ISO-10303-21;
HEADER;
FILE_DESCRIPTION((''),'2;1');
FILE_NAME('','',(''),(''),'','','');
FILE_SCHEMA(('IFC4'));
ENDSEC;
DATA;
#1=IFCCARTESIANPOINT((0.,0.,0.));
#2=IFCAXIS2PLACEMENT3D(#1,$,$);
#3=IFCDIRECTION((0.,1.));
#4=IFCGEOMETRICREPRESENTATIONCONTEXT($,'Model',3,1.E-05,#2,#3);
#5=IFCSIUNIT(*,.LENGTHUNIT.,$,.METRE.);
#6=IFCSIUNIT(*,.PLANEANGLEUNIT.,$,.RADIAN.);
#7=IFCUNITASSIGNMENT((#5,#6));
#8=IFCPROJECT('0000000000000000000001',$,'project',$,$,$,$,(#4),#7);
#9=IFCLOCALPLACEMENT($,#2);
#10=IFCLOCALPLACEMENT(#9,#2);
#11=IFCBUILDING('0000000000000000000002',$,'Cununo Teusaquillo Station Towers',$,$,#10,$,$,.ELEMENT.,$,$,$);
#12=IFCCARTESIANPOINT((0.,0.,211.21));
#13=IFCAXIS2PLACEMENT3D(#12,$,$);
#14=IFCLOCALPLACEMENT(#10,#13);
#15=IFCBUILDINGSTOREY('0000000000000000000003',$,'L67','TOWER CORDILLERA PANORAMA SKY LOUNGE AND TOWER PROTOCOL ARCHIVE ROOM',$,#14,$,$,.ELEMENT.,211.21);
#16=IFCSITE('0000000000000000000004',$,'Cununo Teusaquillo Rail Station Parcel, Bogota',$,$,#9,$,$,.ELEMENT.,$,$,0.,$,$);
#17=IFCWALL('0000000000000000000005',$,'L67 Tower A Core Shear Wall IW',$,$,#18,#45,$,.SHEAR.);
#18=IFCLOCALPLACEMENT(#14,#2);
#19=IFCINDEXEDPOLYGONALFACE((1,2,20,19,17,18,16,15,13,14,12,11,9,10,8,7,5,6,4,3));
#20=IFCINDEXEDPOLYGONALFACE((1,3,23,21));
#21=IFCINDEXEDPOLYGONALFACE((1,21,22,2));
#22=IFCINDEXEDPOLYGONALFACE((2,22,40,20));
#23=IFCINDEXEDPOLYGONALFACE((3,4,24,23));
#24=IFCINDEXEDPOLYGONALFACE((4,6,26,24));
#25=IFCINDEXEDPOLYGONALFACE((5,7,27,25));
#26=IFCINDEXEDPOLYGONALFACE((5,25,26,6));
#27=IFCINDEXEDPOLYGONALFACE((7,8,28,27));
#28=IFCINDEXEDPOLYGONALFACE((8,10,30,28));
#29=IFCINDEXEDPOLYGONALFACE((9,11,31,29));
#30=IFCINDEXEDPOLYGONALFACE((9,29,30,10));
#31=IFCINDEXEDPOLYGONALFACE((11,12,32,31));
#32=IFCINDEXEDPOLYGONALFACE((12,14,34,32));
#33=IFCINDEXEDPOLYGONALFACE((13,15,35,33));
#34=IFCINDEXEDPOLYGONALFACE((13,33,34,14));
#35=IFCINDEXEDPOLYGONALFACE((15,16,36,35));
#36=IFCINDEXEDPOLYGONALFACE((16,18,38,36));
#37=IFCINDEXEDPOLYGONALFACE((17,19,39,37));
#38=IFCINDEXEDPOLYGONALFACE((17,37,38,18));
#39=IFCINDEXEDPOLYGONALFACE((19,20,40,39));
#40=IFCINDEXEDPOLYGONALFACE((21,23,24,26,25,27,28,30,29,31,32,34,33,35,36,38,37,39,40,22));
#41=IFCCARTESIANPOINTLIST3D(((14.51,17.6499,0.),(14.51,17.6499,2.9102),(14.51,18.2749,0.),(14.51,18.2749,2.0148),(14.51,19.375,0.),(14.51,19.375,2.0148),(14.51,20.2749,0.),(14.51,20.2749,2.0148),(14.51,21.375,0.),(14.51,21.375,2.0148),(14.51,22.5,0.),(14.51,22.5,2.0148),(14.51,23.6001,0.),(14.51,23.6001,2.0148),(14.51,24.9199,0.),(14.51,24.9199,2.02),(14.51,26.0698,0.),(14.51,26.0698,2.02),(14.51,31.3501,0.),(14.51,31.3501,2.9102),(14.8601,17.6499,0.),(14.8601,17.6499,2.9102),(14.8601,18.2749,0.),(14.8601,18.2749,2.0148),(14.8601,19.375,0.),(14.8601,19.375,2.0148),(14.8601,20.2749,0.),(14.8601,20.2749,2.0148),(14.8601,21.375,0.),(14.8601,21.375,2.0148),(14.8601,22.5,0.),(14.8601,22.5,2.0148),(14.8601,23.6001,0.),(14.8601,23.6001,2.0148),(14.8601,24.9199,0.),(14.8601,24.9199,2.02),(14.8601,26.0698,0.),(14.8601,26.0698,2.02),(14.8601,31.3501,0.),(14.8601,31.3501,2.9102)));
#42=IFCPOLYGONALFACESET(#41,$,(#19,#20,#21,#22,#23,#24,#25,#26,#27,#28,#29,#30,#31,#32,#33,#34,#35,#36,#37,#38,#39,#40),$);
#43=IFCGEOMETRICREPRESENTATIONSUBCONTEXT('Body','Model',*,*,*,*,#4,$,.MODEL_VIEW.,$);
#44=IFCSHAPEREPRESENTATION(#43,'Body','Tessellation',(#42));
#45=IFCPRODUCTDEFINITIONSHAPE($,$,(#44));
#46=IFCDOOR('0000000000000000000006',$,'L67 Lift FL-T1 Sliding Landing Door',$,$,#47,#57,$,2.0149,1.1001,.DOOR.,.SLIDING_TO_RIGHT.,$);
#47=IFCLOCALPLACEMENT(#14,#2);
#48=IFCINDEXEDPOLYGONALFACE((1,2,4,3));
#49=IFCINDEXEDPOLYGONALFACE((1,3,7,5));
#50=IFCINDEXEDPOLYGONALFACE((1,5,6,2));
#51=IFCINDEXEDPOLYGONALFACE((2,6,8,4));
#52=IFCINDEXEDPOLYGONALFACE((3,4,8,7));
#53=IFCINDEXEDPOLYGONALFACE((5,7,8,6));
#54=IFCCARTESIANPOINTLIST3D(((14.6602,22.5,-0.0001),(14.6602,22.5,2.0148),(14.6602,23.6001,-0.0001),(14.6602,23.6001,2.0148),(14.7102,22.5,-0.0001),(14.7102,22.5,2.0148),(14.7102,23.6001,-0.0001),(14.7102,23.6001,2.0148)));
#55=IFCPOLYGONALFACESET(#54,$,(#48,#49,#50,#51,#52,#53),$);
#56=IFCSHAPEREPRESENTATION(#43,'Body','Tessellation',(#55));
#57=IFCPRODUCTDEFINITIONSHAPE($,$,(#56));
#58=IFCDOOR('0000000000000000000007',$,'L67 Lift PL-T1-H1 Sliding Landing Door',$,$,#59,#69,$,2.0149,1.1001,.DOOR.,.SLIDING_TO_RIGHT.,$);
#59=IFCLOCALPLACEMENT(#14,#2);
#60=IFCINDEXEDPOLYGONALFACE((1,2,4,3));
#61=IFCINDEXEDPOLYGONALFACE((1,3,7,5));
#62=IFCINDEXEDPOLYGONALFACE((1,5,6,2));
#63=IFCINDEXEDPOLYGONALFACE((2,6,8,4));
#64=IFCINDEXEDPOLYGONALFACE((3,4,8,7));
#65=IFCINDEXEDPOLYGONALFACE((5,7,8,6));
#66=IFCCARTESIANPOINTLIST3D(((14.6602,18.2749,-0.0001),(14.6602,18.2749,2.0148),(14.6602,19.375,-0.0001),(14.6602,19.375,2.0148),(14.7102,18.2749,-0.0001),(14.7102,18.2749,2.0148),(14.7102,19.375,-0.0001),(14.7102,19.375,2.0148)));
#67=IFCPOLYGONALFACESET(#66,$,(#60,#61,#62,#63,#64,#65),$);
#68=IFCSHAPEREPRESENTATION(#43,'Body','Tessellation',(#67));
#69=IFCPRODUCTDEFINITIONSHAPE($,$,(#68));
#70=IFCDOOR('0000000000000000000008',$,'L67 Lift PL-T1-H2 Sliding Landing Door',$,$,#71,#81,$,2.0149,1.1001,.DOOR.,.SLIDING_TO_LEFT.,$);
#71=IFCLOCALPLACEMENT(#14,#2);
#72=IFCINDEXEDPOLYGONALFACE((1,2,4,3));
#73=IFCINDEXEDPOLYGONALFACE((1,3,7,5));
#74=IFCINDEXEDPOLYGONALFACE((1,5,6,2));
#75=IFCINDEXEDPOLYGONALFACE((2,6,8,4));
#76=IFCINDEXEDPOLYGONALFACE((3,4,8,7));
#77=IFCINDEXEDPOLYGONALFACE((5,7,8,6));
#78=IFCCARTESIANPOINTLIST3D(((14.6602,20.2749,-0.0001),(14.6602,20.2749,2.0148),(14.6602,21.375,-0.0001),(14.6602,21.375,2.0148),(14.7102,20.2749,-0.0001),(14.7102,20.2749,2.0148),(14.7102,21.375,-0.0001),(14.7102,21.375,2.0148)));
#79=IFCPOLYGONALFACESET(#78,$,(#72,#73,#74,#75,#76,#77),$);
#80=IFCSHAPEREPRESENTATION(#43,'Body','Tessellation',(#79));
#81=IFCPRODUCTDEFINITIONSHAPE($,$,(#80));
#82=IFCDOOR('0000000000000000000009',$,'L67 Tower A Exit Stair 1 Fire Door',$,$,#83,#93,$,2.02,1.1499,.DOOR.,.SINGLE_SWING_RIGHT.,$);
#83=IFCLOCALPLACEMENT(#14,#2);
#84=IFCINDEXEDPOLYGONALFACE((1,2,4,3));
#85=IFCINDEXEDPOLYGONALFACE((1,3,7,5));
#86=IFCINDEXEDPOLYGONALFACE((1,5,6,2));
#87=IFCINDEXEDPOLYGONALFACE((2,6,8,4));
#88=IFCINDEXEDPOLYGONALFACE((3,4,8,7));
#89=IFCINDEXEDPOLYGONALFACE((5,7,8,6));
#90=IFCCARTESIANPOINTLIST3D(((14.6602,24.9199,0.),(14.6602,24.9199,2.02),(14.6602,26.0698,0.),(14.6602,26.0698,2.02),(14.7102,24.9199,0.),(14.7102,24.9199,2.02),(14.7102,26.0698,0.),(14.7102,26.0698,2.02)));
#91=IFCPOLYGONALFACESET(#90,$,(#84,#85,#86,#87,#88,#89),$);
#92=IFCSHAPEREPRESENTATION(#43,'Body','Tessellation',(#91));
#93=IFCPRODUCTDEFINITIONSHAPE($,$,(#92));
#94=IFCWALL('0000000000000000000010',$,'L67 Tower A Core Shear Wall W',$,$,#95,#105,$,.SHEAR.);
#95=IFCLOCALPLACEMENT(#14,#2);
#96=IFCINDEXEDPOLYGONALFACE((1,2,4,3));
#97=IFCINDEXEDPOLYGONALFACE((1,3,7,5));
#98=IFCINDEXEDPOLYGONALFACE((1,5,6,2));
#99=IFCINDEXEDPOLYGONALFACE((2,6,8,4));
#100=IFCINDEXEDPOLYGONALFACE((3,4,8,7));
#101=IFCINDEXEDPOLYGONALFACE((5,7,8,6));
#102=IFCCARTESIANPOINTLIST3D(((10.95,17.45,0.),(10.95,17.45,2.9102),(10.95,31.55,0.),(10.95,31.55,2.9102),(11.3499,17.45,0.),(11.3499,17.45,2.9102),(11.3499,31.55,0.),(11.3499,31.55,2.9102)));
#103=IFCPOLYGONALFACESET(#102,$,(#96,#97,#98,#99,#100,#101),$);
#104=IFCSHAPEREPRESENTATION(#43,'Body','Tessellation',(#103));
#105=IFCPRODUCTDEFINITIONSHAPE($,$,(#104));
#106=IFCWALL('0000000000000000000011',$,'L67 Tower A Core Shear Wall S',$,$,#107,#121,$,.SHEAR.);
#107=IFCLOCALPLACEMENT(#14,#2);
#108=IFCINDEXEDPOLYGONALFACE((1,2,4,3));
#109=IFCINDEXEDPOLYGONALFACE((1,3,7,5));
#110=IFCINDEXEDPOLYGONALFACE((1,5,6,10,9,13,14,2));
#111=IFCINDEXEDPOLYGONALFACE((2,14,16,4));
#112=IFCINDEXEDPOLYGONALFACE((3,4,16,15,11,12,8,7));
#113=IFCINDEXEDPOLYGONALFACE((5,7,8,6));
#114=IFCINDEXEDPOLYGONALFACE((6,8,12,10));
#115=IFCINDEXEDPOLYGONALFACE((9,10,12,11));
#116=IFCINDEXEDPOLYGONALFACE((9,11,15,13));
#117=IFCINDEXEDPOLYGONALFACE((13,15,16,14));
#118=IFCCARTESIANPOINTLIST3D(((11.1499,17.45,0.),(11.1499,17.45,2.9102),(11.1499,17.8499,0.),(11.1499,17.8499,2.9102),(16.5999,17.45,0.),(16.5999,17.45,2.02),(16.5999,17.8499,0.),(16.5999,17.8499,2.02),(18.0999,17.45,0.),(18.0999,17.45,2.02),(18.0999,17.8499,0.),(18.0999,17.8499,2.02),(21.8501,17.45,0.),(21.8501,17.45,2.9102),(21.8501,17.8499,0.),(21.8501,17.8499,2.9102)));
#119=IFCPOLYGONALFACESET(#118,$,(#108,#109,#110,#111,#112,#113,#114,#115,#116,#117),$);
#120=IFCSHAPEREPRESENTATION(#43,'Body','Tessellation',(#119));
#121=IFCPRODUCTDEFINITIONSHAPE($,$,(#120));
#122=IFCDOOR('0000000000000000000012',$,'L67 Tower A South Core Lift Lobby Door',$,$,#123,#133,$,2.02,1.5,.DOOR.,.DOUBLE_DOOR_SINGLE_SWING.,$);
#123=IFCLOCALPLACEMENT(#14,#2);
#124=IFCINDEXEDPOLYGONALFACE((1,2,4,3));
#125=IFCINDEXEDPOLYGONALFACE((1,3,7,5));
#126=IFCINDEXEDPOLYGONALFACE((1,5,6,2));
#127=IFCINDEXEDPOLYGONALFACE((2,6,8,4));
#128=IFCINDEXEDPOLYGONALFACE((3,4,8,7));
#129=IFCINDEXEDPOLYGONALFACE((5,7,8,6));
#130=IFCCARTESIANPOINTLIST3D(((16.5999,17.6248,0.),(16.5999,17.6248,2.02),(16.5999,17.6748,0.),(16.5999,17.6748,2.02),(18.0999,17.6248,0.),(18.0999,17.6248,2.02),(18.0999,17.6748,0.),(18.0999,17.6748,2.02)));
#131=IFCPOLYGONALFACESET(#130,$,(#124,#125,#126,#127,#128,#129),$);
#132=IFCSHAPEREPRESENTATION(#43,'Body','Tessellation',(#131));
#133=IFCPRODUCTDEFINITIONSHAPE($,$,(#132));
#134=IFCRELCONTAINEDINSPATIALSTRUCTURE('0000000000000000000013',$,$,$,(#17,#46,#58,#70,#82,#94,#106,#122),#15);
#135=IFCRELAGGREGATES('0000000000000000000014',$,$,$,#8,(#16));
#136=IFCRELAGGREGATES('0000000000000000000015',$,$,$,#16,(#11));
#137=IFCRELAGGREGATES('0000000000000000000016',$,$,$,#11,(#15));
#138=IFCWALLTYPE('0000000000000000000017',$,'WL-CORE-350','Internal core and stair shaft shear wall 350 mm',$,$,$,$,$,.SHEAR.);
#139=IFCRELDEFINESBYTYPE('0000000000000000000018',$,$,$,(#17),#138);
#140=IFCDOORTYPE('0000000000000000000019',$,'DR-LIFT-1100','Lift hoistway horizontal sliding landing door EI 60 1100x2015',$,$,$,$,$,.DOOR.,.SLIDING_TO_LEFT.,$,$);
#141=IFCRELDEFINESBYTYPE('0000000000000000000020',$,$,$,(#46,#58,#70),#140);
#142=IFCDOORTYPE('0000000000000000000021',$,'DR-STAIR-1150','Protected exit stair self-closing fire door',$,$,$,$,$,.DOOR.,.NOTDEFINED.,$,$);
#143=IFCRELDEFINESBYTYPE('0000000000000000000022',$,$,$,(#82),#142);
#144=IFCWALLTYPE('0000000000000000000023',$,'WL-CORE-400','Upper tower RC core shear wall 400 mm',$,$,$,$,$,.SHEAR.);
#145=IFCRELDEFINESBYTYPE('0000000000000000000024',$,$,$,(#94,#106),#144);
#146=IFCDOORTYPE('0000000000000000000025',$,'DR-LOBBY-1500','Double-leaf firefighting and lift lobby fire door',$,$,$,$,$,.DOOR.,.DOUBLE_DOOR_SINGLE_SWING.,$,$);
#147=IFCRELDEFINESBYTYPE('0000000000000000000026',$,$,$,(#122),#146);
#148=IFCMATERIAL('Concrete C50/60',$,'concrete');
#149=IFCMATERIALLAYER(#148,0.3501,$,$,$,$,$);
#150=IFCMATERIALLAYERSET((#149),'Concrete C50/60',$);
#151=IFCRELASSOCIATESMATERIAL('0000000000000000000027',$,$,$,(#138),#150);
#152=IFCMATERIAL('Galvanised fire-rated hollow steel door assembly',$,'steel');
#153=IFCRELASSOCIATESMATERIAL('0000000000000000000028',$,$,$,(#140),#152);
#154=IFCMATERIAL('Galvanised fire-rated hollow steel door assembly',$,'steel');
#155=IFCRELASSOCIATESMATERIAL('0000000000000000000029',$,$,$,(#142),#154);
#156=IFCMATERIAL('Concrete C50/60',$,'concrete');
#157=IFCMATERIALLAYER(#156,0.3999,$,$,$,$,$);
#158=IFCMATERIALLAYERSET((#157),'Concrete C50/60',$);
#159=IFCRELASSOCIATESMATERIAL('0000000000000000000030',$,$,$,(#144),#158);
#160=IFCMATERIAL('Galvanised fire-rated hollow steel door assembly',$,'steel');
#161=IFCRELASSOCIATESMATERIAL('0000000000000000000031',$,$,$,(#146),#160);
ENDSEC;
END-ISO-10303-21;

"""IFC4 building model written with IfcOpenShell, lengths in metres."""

from ifc_helpers import new_model, si_unit, direction, frame, frame_2d, origin, place, context, subcontext, project, spatial, rectangle, extrude, source, transform, mapped, material, layer, layer_set, type_object, element, fill, save


model = new_model("IFC4")

# Units and contexts
model_context = context("Model", 3, precision=1e-05, world=origin(), true_north=direction((0.0, 1.0)))
body_context = subcontext(model_context, "Body", "Model", "MODEL_VIEW")
ifc_project = project(units=[si_unit("LENGTHUNIT", "METRE"), si_unit("PLANEANGLEUNIT", "RADIAN")], contexts=[model_context])

# Site, building, storey
site_placement = place(None, origin())
site = spatial("IfcSite", under=ifc_project, at=site_placement, Name="Cununo Teusaquillo Rail Station Parcel, Bogota", CompositionType="ELEMENT", RefElevation=0.0)
building_placement = place(site_placement, origin())
building = spatial("IfcBuilding", under=site, at=building_placement, Name="Cununo Teusaquillo Station Towers", CompositionType="ELEMENT")
storey_placement = place(building_placement, frame((0.0, 0.0, 211.21)))
storey = spatial("IfcBuildingStorey", under=building, at=storey_placement, Name="L67", Description="TOWER CORDILLERA PANORAMA SKY LOUNGE AND TOWER PROTOCOL ARCHIVE ROOM", CompositionType="ELEMENT", Elevation=211.21)

# Wall, openings, doors
ifc_material_1 = material(Name="Concrete C50/60", Category="concrete")
ifc_layer_1 = layer(ifc_material_1, 0.3501)
ifc_layer_set_1 = layer_set([ifc_layer_1], Name="Concrete C50/60")
wall_type_1 = type_object("IfcWallType", Name="WL-CORE-350", Description="Internal core and stair shaft shear wall 350 mm", PredefinedType="SHEAR", material=ifc_layer_set_1)
wall_1_placement = place(storey_placement, frame((14.6851, 17.6499, 0.0), z_axis=(0.0, 0.0, 1.0), x_axis=(0.0, 1.0, 0.0)))
wall_1 = element("IfcWall", 1, at=wall_1_placement, inside=storey, type_object=wall_type_1, Name="L67 Tower A Core Shear Wall IW", PredefinedType="SHEAR", context=body_context, shape_type="SweptSolid", body=[
    extrude(rectangle(XDim=13.7002, YDim=0.3501, at=frame_2d((6.8501, 0.0))), origin(), (0.0, 0.0, 1.0), 2.9102),
])
shared_shape_1 = source(origin(), body_context, "Body", "SweptSolid", [
    extrude(rectangle(XDim=1.1001, YDim=2.0149, at=frame_2d((0.55, 1.0073))), frame((0.0, 0.1851, 0.0), z_axis=(0.0, -1.0, 0.0), x_axis=(1.0, 0.0, 0.0)), (0.0, 0.0, 1.0), 0.3701),
])
opening_1_placement = place(wall_1_placement, frame((4.8501, 0.0, 0.0)))
opening_1 = element("IfcOpeningElement", 2, at=opening_1_placement, cuts=wall_1, PredefinedType="OPENING", context=body_context, shape_type="MappedRepresentation", body=[
    mapped(shared_shape_1, transform((0.0, 0.0, 0.0), x_axis=(1.0, 0.0, 0.0), y_axis=(0.0, 1.0, 0.0), z_axis=(0.0, 0.0, 1.0), scale=1.0)),
])
opening_2_placement = place(wall_1_placement, frame((0.625, 0.0, 0.0)))
opening_2 = element("IfcOpeningElement", 3, at=opening_2_placement, cuts=wall_1, PredefinedType="OPENING", context=body_context, shape_type="MappedRepresentation", body=[
    mapped(shared_shape_1, transform((0.0, 0.0, 0.0), x_axis=(1.0, 0.0, 0.0), y_axis=(0.0, 1.0, 0.0), z_axis=(0.0, 0.0, 1.0), scale=1.0)),
])
opening_3_placement = place(wall_1_placement, frame((2.625, 0.0, 0.0)))
opening_3 = element("IfcOpeningElement", 4, at=opening_3_placement, cuts=wall_1, PredefinedType="OPENING", context=body_context, shape_type="MappedRepresentation", body=[
    mapped(shared_shape_1, transform((0.0, 0.0, 0.0), x_axis=(1.0, 0.0, 0.0), y_axis=(0.0, 1.0, 0.0), z_axis=(0.0, 0.0, 1.0), scale=1.0)),
])
shared_shape_2 = source(origin(), body_context, "Body", "SweptSolid", [
    extrude(rectangle(XDim=1.1499, YDim=2.02, at=frame_2d((0.575, 1.01))), frame((0.0, 0.1851, 0.0), z_axis=(0.0, -1.0, 0.0), x_axis=(1.0, 0.0, 0.0)), (0.0, 0.0, 1.0), 0.3701),
])
opening_4_placement = place(wall_1_placement, frame((7.27, 0.0, 0.0)))
opening_4 = element("IfcOpeningElement", 5, at=opening_4_placement, cuts=wall_1, PredefinedType="OPENING", context=body_context, shape_type="MappedRepresentation", body=[
    mapped(shared_shape_2, transform((0.0, 0.0, 0.0), x_axis=(1.0, 0.0, 0.0), y_axis=(0.0, 1.0, 0.0), z_axis=(0.0, 0.0, 1.0), scale=1.0)),
])
ifc_material_2 = material(Name="Galvanised fire-rated hollow steel door assembly", Category="steel")
door_type_1 = type_object("IfcDoorType", Name="DR-LIFT-1100", Description="Lift hoistway horizontal sliding landing door EI 60 1100x2015", OperationType="SLIDING_TO_LEFT", PredefinedType="DOOR", material=ifc_material_2)
shared_shape_3 = source(origin(), body_context, "Body", "SweptSolid", [
    extrude(rectangle(XDim=1.1001, YDim=2.0149, at=frame_2d((0.55, 1.0073))), frame((0.0, 0.0249, 0.0), z_axis=(0.0, -1.0, 0.0), x_axis=(1.0, 0.0, 0.0)), (0.0, 0.0, 1.0), 0.05),
])
door_1_placement = place(opening_1_placement, origin())
door_1 = element("IfcDoor", 6, at=door_1_placement, inside=storey, type_object=door_type_1, Name="L67 Lift FL-T1 Sliding Landing Door", OperationType="SLIDING_TO_RIGHT", OverallHeight=2.0149, OverallWidth=1.1001, PredefinedType="DOOR", context=body_context, shape_type="MappedRepresentation", body=[
    mapped(shared_shape_3, transform((0.0, 0.0, 0.0), x_axis=(1.0, 0.0, 0.0), y_axis=(0.0, 1.0, 0.0), z_axis=(0.0, 0.0, 1.0), scale=1.0)),
])
fill(opening_1, door_1)
door_2_placement = place(opening_2_placement, origin())
door_2 = element("IfcDoor", 7, at=door_2_placement, inside=storey, type_object=door_type_1, Name="L67 Lift PL-T1-H1 Sliding Landing Door", OperationType="SLIDING_TO_RIGHT", OverallHeight=2.0149, OverallWidth=1.1001, PredefinedType="DOOR", context=body_context, shape_type="MappedRepresentation", body=[
    mapped(shared_shape_3, transform((0.0, 0.0, 0.0), x_axis=(1.0, 0.0, 0.0), y_axis=(0.0, 1.0, 0.0), z_axis=(0.0, 0.0, 1.0), scale=1.0)),
])
fill(opening_2, door_2)
door_3_placement = place(opening_3_placement, origin())
door_3 = element("IfcDoor", 8, at=door_3_placement, inside=storey, type_object=door_type_1, Name="L67 Lift PL-T1-H2 Sliding Landing Door", OperationType="SLIDING_TO_LEFT", OverallHeight=2.0149, OverallWidth=1.1001, PredefinedType="DOOR", context=body_context, shape_type="MappedRepresentation", body=[
    mapped(shared_shape_3, transform((0.0, 0.0, 0.0), x_axis=(1.0, 0.0, 0.0), y_axis=(0.0, 1.0, 0.0), z_axis=(0.0, 0.0, 1.0), scale=1.0)),
])
fill(opening_3, door_3)
ifc_material_3 = material(Name="Galvanised fire-rated hollow steel door assembly", Category="steel")
door_type_2 = type_object("IfcDoorType", Name="DR-STAIR-1150", Description="Protected exit stair self-closing fire door", OperationType="NOTDEFINED", PredefinedType="DOOR", material=ifc_material_3)
shared_shape_4 = source(origin(), body_context, "Body", "SweptSolid", [
    extrude(rectangle(XDim=1.1499, YDim=2.02, at=frame_2d((0.575, 1.01))), frame((0.0, 0.0249, 0.0), z_axis=(0.0, -1.0, 0.0), x_axis=(1.0, 0.0, 0.0)), (0.0, 0.0, 1.0), 0.05),
])
door_4_placement = place(opening_4_placement, origin())
door_4 = element("IfcDoor", 9, at=door_4_placement, inside=storey, type_object=door_type_2, Name="L67 Tower A Exit Stair 1 Fire Door", OperationType="SINGLE_SWING_RIGHT", OverallHeight=2.02, OverallWidth=1.1499, PredefinedType="DOOR", context=body_context, shape_type="MappedRepresentation", body=[
    mapped(shared_shape_4, transform((0.0, 0.0, 0.0), x_axis=(1.0, 0.0, 0.0), y_axis=(0.0, 1.0, 0.0), z_axis=(0.0, 0.0, 1.0), scale=1.0)),
])
fill(opening_4, door_4)

# Wall
ifc_material_4 = material(Name="Concrete C50/60", Category="concrete")
ifc_layer_2 = layer(ifc_material_4, 0.3999)
ifc_layer_set_2 = layer_set([ifc_layer_2], Name="Concrete C50/60")
wall_type_2 = type_object("IfcWallType", Name="WL-CORE-400", Description="Upper tower RC core shear wall 400 mm", PredefinedType="SHEAR", material=ifc_layer_set_2)
wall_2_placement = place(storey_placement, frame((11.1499, 17.45, 0.0), z_axis=(0.0, 0.0, 1.0), x_axis=(0.0, 1.0, 0.0)))
element("IfcWall", 10, at=wall_2_placement, inside=storey, type_object=wall_type_2, Name="L67 Tower A Core Shear Wall W", PredefinedType="SHEAR", context=body_context, shape_type="SweptSolid", body=[
    extrude(rectangle(XDim=14.1001, YDim=0.3999, at=frame_2d((7.05, 0.0))), origin(), (0.0, 0.0, 1.0), 2.9102),
])

# Wall, opening, door
wall_3_placement = place(storey_placement, frame((11.1499, 17.6499, 0.0), z_axis=(0.0, 0.0, 1.0), x_axis=(1.0, 0.0, 0.0)))
wall_3 = element("IfcWall", 11, at=wall_3_placement, inside=storey, type_object=wall_type_2, Name="L67 Tower A Core Shear Wall S", PredefinedType="SHEAR", context=body_context, shape_type="SweptSolid", body=[
    extrude(rectangle(XDim=10.7002, YDim=0.3999, at=frame_2d((5.3501, 0.0))), origin(), (0.0, 0.0, 1.0), 2.9102),
])
shared_shape_5 = source(origin(), body_context, "Body", "SweptSolid", [
    extrude(rectangle(XDim=1.5, YDim=2.02, at=frame_2d((0.75, 1.01))), frame((0.0, 0.21, 0.0), z_axis=(0.0, -1.0, 0.0), x_axis=(1.0, 0.0, 0.0)), (0.0, 0.0, 1.0), 0.4199),
])
opening_5_placement = place(wall_3_placement, frame((5.45, 0.0, 0.0)))
opening_5 = element("IfcOpeningElement", 12, at=opening_5_placement, cuts=wall_3, PredefinedType="OPENING", context=body_context, shape_type="MappedRepresentation", body=[
    mapped(shared_shape_5, transform((0.0, 0.0, 0.0), x_axis=(1.0, 0.0, 0.0), y_axis=(0.0, 1.0, 0.0), z_axis=(0.0, 0.0, 1.0), scale=1.0)),
])
ifc_material_5 = material(Name="Galvanised fire-rated hollow steel door assembly", Category="steel")
door_type_3 = type_object("IfcDoorType", Name="DR-LOBBY-1500", Description="Double-leaf firefighting and lift lobby fire door", OperationType="DOUBLE_DOOR_SINGLE_SWING", PredefinedType="DOOR", material=ifc_material_5)
shared_shape_6 = source(origin(), body_context, "Body", "SweptSolid", [
    extrude(rectangle(XDim=1.5, YDim=2.02, at=frame_2d((0.75, 1.01))), frame((0.0, 0.0249, 0.0), z_axis=(0.0, -1.0, 0.0), x_axis=(1.0, 0.0, 0.0)), (0.0, 0.0, 1.0), 0.05),
])
door_5_placement = place(opening_5_placement, origin())
door_5 = element("IfcDoor", 13, at=door_5_placement, inside=storey, type_object=door_type_3, Name="L67 Tower A South Core Lift Lobby Door", OperationType="DOUBLE_DOOR_SINGLE_SWING", OverallHeight=2.02, OverallWidth=1.5, PredefinedType="DOOR", context=body_context, shape_type="MappedRepresentation", body=[
    mapped(shared_shape_6, transform((0.0, 0.0, 0.0), x_axis=(1.0, 0.0, 0.0), y_axis=(0.0, 1.0, 0.0), z_axis=(0.0, 0.0, 1.0), scale=1.0)),
])
fill(opening_5, door_5)

save(model, "model.ifc")
